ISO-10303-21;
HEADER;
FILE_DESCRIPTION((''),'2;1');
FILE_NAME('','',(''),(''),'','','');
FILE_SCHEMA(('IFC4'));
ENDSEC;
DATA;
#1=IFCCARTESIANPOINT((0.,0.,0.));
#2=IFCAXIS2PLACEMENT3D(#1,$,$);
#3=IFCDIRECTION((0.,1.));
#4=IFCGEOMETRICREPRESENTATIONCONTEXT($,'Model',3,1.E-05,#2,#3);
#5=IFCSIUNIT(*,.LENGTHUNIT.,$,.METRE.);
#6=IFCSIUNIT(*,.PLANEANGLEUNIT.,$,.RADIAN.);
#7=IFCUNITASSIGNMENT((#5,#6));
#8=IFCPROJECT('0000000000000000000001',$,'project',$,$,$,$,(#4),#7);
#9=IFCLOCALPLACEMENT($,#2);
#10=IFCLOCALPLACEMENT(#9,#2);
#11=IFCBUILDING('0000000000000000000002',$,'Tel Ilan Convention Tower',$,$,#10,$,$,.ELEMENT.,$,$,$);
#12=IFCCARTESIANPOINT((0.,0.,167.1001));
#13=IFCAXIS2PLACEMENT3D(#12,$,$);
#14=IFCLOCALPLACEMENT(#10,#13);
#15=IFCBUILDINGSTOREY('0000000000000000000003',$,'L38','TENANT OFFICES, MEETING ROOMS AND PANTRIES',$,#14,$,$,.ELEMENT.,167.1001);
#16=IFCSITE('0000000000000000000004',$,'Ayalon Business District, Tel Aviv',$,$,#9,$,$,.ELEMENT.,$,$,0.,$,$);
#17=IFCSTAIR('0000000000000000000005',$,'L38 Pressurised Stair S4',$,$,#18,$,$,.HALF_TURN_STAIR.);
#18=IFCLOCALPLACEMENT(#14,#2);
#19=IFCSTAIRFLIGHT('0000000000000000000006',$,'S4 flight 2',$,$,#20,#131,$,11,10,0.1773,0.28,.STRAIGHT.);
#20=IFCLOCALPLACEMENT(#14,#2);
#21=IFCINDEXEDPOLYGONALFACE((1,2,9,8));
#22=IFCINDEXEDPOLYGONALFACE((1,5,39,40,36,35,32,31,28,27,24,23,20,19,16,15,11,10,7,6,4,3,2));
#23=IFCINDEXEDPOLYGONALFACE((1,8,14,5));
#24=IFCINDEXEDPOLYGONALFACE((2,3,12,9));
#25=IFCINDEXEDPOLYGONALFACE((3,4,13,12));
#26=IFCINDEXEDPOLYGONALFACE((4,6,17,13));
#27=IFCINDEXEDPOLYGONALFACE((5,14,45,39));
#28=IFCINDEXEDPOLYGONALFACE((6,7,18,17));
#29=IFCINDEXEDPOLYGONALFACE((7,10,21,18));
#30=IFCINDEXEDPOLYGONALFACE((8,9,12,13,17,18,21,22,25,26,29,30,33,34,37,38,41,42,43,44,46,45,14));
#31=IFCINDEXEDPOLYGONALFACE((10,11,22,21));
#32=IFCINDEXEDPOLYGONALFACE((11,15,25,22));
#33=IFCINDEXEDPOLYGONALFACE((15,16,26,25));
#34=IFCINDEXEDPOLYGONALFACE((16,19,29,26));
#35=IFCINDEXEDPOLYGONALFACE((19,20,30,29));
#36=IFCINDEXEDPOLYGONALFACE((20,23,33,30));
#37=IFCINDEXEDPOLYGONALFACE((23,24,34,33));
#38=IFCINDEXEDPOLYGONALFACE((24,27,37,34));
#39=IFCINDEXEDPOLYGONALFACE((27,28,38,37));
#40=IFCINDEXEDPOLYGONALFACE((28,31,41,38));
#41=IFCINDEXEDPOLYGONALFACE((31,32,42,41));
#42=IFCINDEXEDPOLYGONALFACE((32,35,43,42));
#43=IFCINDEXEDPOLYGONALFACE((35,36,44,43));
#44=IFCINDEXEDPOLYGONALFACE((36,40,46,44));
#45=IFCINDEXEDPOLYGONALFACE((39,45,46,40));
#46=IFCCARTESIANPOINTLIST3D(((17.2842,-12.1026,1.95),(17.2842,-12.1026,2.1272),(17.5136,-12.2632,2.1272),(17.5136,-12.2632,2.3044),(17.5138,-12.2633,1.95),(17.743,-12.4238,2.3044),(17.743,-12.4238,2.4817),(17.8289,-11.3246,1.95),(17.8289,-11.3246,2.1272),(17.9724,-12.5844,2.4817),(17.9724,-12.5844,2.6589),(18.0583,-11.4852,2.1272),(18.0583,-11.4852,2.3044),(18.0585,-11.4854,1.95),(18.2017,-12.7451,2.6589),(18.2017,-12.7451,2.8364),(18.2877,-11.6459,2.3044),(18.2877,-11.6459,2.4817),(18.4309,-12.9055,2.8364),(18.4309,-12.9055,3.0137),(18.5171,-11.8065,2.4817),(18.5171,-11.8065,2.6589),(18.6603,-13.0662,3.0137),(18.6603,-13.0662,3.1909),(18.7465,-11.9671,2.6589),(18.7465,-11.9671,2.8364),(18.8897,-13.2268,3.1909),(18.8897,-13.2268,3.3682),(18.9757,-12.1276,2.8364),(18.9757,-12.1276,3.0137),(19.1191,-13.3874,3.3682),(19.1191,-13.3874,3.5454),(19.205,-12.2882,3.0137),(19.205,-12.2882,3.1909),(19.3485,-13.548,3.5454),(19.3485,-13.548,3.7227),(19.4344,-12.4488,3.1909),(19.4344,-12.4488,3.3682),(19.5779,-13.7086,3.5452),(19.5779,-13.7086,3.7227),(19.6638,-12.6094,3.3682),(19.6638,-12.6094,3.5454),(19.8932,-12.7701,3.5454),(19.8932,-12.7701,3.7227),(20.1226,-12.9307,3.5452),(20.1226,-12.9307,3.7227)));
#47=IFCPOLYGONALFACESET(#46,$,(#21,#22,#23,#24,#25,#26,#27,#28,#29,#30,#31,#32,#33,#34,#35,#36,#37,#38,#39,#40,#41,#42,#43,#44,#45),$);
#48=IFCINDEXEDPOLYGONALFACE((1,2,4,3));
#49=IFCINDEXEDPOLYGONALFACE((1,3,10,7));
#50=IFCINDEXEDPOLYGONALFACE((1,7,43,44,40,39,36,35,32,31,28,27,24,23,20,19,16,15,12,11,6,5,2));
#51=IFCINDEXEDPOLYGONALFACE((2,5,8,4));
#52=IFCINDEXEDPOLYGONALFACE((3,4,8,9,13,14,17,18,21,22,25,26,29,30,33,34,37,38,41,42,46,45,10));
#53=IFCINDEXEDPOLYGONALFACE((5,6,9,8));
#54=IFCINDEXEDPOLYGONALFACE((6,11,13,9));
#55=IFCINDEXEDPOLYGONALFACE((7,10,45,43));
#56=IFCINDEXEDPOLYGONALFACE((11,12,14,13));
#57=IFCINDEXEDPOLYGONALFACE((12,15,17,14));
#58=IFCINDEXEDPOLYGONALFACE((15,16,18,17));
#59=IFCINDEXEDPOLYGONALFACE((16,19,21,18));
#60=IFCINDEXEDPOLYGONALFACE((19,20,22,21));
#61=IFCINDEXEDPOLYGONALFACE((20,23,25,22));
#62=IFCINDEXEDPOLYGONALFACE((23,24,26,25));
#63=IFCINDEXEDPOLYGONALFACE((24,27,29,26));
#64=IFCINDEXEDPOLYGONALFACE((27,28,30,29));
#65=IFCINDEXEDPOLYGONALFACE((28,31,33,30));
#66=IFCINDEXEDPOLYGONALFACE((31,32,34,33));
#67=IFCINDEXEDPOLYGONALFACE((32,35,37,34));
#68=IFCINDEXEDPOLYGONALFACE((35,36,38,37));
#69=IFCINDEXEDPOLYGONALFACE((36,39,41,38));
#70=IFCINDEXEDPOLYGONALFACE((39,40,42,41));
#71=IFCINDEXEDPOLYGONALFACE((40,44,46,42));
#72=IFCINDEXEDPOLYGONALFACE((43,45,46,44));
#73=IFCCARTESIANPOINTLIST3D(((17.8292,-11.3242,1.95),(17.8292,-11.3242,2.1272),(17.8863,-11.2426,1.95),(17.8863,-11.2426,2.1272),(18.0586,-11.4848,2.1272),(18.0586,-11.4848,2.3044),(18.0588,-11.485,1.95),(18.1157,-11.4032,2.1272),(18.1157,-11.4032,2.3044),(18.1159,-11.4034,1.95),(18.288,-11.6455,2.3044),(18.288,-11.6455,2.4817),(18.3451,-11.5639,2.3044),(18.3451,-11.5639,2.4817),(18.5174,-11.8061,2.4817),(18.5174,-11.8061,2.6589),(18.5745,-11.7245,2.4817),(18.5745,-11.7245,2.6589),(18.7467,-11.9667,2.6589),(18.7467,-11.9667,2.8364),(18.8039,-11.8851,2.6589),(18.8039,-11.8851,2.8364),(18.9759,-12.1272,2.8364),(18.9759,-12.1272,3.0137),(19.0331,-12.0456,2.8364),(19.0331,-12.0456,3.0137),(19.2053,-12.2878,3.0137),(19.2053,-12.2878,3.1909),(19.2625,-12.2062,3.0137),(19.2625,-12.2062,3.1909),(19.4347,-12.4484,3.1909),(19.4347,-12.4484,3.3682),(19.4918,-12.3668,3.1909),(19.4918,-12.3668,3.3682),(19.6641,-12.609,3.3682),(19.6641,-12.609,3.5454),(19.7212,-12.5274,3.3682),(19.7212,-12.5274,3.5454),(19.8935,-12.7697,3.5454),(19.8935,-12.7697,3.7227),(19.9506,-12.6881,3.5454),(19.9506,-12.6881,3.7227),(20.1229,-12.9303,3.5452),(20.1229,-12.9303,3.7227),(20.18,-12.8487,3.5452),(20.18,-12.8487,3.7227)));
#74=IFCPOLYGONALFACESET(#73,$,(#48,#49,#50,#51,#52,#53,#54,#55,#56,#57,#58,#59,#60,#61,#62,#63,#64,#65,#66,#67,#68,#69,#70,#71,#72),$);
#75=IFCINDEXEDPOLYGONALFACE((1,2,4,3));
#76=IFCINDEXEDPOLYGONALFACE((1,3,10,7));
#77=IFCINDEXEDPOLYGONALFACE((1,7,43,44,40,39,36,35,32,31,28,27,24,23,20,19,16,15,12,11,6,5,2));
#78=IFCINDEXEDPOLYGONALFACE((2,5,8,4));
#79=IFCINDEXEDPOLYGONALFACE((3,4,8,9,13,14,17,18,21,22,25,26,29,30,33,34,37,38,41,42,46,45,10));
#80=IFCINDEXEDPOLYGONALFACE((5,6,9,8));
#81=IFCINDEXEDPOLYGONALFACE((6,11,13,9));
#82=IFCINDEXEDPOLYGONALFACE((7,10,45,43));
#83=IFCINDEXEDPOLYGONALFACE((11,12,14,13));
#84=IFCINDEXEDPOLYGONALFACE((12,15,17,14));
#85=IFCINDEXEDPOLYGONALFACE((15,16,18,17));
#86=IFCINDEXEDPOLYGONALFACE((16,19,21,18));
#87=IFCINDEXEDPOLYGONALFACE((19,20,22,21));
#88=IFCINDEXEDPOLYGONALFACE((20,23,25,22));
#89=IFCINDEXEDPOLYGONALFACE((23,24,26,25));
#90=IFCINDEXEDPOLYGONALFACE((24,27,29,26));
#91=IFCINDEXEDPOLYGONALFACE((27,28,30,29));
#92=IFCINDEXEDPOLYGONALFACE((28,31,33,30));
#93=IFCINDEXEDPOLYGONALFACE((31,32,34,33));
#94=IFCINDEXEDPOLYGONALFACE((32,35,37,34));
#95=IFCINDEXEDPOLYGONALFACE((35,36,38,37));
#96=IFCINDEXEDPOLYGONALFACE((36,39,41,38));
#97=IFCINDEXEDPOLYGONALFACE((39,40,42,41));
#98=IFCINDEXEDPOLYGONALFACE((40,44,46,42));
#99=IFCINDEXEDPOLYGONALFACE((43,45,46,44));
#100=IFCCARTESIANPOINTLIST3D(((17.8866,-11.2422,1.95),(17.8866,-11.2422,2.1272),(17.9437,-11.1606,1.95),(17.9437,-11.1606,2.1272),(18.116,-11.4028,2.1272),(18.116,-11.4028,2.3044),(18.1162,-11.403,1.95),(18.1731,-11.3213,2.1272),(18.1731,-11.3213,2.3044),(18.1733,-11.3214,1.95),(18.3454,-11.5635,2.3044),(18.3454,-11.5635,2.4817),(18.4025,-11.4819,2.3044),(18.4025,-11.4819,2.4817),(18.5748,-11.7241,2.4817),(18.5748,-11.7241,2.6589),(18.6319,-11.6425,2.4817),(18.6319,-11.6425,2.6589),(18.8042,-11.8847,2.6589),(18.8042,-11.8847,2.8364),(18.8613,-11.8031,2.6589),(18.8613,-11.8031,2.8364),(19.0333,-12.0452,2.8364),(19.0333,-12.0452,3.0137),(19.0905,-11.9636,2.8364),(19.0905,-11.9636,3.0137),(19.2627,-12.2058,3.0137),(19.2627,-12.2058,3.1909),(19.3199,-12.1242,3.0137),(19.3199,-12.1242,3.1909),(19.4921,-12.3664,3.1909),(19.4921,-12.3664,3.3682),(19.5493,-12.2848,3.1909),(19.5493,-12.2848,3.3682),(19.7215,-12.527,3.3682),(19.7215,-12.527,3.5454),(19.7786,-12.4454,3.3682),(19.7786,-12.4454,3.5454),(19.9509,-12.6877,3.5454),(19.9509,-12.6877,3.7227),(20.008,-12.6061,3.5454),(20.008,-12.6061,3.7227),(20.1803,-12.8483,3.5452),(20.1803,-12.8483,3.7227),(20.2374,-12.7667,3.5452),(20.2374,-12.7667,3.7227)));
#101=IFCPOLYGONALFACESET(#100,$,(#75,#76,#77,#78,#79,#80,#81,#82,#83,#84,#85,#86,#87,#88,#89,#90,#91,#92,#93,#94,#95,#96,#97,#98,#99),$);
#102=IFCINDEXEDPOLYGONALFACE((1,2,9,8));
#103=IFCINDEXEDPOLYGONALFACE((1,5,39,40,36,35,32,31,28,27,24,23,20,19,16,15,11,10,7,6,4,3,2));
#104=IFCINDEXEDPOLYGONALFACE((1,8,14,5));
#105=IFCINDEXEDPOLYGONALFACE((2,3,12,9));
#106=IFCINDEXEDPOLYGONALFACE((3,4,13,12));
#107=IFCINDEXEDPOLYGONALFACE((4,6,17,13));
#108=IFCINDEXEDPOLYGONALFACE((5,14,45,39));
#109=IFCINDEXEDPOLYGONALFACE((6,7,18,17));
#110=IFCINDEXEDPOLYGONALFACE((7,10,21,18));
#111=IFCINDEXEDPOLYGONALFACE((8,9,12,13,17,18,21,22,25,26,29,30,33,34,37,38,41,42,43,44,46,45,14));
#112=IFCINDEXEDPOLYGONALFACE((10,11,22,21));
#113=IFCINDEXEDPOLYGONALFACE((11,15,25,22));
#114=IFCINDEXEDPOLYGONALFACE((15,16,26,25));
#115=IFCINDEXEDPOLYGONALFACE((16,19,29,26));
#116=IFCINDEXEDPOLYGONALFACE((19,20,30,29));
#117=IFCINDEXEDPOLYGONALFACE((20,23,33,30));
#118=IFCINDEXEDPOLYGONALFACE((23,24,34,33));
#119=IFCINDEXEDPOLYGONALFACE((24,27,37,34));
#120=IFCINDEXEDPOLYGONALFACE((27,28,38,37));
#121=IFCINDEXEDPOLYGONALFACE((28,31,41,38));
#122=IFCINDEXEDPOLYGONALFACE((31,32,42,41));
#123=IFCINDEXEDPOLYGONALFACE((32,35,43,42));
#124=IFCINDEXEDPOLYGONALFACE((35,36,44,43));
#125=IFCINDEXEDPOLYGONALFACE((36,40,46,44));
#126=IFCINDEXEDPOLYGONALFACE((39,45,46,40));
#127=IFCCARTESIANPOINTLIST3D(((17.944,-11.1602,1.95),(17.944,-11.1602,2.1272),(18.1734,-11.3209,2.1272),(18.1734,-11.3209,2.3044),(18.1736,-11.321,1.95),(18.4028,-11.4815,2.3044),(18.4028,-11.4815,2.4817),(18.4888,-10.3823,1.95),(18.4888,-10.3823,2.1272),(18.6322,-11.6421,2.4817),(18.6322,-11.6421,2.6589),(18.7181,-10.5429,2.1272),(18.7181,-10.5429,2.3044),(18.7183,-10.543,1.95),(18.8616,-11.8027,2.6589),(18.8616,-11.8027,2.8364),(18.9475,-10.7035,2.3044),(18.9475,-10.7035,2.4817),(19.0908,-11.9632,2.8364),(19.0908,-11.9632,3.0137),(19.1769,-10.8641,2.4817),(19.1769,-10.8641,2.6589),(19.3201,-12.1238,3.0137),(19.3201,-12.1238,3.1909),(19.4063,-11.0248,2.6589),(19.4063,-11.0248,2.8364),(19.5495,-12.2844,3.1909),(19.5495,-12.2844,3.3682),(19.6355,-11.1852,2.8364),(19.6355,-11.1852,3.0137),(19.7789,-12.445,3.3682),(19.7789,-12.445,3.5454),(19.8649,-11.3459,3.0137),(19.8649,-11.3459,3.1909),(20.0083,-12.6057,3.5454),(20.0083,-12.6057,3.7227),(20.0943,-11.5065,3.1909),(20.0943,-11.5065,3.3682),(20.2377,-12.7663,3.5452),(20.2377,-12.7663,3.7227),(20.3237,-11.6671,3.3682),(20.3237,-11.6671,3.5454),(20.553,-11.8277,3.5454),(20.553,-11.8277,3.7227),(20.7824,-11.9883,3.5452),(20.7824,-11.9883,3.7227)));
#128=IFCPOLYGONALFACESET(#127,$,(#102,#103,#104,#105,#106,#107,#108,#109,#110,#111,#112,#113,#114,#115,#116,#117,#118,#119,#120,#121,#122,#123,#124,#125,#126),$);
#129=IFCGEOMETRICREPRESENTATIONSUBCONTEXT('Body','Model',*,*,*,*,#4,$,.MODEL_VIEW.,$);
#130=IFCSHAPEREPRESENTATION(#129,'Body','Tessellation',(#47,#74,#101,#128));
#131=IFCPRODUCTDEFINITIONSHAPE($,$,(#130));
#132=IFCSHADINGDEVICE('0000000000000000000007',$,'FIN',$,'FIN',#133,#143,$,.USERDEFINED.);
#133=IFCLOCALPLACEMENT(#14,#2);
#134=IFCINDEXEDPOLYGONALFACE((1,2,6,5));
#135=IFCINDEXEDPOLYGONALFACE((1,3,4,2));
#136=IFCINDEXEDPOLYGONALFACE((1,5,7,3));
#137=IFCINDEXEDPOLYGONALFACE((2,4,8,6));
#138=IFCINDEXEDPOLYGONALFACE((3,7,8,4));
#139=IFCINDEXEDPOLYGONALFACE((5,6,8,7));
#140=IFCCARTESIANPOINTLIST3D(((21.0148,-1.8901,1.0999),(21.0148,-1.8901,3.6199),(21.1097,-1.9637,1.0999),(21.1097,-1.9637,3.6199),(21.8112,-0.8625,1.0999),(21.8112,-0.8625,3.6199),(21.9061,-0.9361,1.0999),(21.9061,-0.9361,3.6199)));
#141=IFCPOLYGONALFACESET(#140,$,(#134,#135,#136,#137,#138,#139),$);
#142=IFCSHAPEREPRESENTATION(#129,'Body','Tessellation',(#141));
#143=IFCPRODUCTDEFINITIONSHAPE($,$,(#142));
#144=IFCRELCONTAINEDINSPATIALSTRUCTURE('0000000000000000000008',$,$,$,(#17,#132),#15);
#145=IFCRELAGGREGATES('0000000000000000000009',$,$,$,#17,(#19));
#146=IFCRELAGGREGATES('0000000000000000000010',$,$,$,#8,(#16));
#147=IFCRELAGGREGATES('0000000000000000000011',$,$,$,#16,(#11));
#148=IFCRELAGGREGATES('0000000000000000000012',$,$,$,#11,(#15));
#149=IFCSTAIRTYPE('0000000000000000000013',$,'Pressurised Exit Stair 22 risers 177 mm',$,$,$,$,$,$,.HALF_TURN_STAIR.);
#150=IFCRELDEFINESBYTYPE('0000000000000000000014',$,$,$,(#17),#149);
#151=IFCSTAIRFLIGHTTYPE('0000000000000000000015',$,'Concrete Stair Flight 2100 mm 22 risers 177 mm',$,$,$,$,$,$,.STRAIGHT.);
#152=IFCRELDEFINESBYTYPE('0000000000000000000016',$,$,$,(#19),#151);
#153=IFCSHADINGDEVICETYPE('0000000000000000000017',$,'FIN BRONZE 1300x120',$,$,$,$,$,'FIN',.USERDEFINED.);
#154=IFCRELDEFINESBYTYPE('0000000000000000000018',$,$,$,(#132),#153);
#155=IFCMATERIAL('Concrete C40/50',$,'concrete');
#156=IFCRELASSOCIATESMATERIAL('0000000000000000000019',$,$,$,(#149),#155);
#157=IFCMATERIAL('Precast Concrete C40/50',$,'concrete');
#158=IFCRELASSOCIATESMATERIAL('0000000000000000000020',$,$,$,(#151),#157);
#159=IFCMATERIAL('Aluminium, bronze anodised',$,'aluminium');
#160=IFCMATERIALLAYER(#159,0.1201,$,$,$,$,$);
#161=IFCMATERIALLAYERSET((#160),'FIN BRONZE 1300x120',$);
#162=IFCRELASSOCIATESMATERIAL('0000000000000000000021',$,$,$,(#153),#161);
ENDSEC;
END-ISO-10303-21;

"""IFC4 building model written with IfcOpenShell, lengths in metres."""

from ifc_helpers import new_model, si_unit, direction, frame, origin, origin_2d, place, context, subcontext, project, spatial, polyline, rectangle, outline, extrude, material, layer, layer_set, type_object, element, aggregate, save


model = new_model("IFC4")

# Units and contexts
model_context = context("Model", 3, precision=1e-05, world=origin(), true_north=direction((0.0, 1.0)))
body_context = subcontext(model_context, "Body", "Model", "MODEL_VIEW")
ifc_project = project(units=[si_unit("LENGTHUNIT", "METRE"), si_unit("PLANEANGLEUNIT", "RADIAN")], contexts=[model_context])

# Site, building, storey
site_placement = place(None, origin())
site = spatial("IfcSite", under=ifc_project, at=site_placement, Name="Ayalon Business District, Tel Aviv", CompositionType="ELEMENT", RefElevation=0.0)
building_placement = place(site_placement, origin())
building = spatial("IfcBuilding", under=site, at=building_placement, Name="Tel Ilan Convention Tower", CompositionType="ELEMENT")
storey_placement = place(building_placement, frame((0.0, 0.0, 167.1001)))
storey = spatial("IfcBuildingStorey", under=building, at=storey_placement, Name="L38", Description="TENANT OFFICES, MEETING ROOMS AND PANTRIES", CompositionType="ELEMENT", Elevation=167.1001)

# Shared definitions
ifc_material_1 = material(Name="Concrete C40/50", Category="concrete")
stair_type = type_object("IfcStairType", Name="Pressurised Exit Stair 22 risers 177 mm", PredefinedType="HALF_TURN_STAIR", material=ifc_material_1)
ifc_material_2 = material(Name="Precast Concrete C40/50", Category="concrete")
stair_flight_type = type_object("IfcStairFlightType", Name="Concrete Stair Flight 2100 mm 22 risers 177 mm", PredefinedType="STRAIGHT", material=ifc_material_2)

# Stair, stair flight
stair_1_placement = place(storey_placement, origin())
stair_1 = element("IfcStair", 1, at=stair_1_placement, inside=storey, type_object=stair_type, Name="L38 Pressurised Stair S4", PredefinedType="HALF_TURN_STAIR")
stair_flight_1_placement = place(storey_placement, frame((17.8865, -11.2424, 1.95), z_axis=(0.0, 0.0, 1.0), x_axis=(0.819152, -0.573576, 0.0)))
stair_flight_1 = element("IfcStairFlight", 2, at=stair_flight_1_placement, type_object=stair_flight_type, Name="S4 flight 2", NumberOfRisers=11, NumberOfTreads=10, PredefinedType="STRAIGHT", RiserHeight=0.1773, TreadLength=0.28, context=body_context, shape_type="SweptSolid", body=[
    extrude(outline(polyline([(0.0, 0.0), (0.0, 0.1772), (0.28, 0.1772), (0.28, 0.3545), (0.5601, 0.3545), (0.5601, 0.5317), (0.8401, 0.5317), (0.8401, 0.709), (1.1201, 0.709), (1.1201, 0.8865), (1.3999, 0.8865), (1.3999, 1.0637), (1.6799, 1.0637), (1.6799, 1.241), (1.96, 1.241), (1.96, 1.4182), (2.24, 1.4182), (2.24, 1.5955), (2.52, 1.5955), (2.52, 1.7727), (2.8, 1.7727), (2.8, 1.95), (2.8, 1.5952), (0.2803, 0.0), (0.0, 0.0)])), frame((0.0, -0.1003, 0.0), z_axis=(0.0, -1.0, 0.0), x_axis=(1.0, 0.0, 0.0)), (0.0, 0.0, 1.0), 0.9497),
    extrude(outline(polyline([(0.0, 0.0), (0.0, 0.1772), (0.28, 0.1772), (0.28, 0.3545), (0.5601, 0.3545), (0.5601, 0.5317), (0.8401, 0.5317), (0.8401, 0.709), (1.1201, 0.709), (1.1201, 0.8865), (1.3999, 0.8865), (1.3999, 1.0637), (1.6799, 1.0637), (1.6799, 1.241), (1.96, 1.241), (1.96, 1.4182), (2.24, 1.4182), (2.24, 1.5955), (2.52, 1.5955), (2.52, 1.7727), (2.8, 1.7727), (2.8, 1.95), (2.8, 1.5952), (0.2803, 0.0), (0.0, 0.0)])), frame((0.0, -0.0002, 0.0), z_axis=(0.0, -1.0, 0.0), x_axis=(1.0, 0.0, 0.0)), (0.0, 0.0, 1.0), 0.0996),
    extrude(outline(polyline([(0.0, 0.0), (0.0, 0.1772), (0.28, 0.1772), (0.28, 0.3545), (0.5601, 0.3545), (0.5601, 0.5317), (0.8401, 0.5317), (0.8401, 0.709), (1.1201, 0.709), (1.1201, 0.8865), (1.3999, 0.8865), (1.3999, 1.0637), (1.6799, 1.0637), (1.6799, 1.241), (1.96, 1.241), (1.96, 1.4182), (2.24, 1.4182), (2.24, 1.5955), (2.52, 1.5955), (2.52, 1.7727), (2.8, 1.7727), (2.8, 1.95), (2.8, 1.5952), (0.2803, 0.0), (0.0, 0.0)])), frame((0.0, 0.0999, 0.0), z_axis=(0.0, -1.0, 0.0), x_axis=(1.0, 0.0, 0.0)), (0.0, 0.0, 1.0), 0.0996),
    extrude(outline(polyline([(0.0, 0.0), (0.0, 0.1772), (0.28, 0.1772), (0.28, 0.3545), (0.5601, 0.3545), (0.5601, 0.5317), (0.8401, 0.5317), (0.8401, 0.709), (1.1201, 0.709), (1.1201, 0.8865), (1.3999, 0.8865), (1.3999, 1.0637), (1.6799, 1.0637), (1.6799, 1.241), (1.96, 1.241), (1.96, 1.4182), (2.24, 1.4182), (2.24, 1.5955), (2.52, 1.5955), (2.52, 1.7727), (2.8, 1.7727), (2.8, 1.95), (2.8, 1.5952), (0.2803, 0.0), (0.0, 0.0)])), frame((0.0, 1.05, 0.0), z_axis=(0.0, -1.0, 0.0), x_axis=(1.0, 0.0, 0.0)), (0.0, 0.0, 1.0), 0.9497),
])
aggregate(stair_1, [stair_flight_1])

# Shading device
ifc_material_3 = material(Name="Aluminium, bronze anodised", Category="aluminium")
ifc_layer_1 = layer(ifc_material_3, 0.1201)
ifc_layer_set_1 = layer_set([ifc_layer_1], Name="FIN BRONZE 1300x120")
shading_device_type = type_object("IfcShadingDeviceType", Name="FIN BRONZE 1300x120", ElementType="FIN", PredefinedType="USERDEFINED", material=ifc_layer_set_1)
shading_device_placement = place(storey_placement, frame((21.4604, -1.4131, 1.0999), z_axis=(0.0, 0.0, 1.0), x_axis=(0.612601, 0.790393, 0.0)))
element("IfcShadingDevice", 3, at=shading_device_placement, inside=storey, type_object=shading_device_type, Name="FIN", ObjectType="FIN", PredefinedType="USERDEFINED", context=body_context, shape_type="SweptSolid", body=[
    extrude(rectangle(XDim=1.3, YDim=0.1201, at=origin_2d()), origin(), (0.0, 0.0, 1.0), 2.52),
])

save(model, "model.ifc")
